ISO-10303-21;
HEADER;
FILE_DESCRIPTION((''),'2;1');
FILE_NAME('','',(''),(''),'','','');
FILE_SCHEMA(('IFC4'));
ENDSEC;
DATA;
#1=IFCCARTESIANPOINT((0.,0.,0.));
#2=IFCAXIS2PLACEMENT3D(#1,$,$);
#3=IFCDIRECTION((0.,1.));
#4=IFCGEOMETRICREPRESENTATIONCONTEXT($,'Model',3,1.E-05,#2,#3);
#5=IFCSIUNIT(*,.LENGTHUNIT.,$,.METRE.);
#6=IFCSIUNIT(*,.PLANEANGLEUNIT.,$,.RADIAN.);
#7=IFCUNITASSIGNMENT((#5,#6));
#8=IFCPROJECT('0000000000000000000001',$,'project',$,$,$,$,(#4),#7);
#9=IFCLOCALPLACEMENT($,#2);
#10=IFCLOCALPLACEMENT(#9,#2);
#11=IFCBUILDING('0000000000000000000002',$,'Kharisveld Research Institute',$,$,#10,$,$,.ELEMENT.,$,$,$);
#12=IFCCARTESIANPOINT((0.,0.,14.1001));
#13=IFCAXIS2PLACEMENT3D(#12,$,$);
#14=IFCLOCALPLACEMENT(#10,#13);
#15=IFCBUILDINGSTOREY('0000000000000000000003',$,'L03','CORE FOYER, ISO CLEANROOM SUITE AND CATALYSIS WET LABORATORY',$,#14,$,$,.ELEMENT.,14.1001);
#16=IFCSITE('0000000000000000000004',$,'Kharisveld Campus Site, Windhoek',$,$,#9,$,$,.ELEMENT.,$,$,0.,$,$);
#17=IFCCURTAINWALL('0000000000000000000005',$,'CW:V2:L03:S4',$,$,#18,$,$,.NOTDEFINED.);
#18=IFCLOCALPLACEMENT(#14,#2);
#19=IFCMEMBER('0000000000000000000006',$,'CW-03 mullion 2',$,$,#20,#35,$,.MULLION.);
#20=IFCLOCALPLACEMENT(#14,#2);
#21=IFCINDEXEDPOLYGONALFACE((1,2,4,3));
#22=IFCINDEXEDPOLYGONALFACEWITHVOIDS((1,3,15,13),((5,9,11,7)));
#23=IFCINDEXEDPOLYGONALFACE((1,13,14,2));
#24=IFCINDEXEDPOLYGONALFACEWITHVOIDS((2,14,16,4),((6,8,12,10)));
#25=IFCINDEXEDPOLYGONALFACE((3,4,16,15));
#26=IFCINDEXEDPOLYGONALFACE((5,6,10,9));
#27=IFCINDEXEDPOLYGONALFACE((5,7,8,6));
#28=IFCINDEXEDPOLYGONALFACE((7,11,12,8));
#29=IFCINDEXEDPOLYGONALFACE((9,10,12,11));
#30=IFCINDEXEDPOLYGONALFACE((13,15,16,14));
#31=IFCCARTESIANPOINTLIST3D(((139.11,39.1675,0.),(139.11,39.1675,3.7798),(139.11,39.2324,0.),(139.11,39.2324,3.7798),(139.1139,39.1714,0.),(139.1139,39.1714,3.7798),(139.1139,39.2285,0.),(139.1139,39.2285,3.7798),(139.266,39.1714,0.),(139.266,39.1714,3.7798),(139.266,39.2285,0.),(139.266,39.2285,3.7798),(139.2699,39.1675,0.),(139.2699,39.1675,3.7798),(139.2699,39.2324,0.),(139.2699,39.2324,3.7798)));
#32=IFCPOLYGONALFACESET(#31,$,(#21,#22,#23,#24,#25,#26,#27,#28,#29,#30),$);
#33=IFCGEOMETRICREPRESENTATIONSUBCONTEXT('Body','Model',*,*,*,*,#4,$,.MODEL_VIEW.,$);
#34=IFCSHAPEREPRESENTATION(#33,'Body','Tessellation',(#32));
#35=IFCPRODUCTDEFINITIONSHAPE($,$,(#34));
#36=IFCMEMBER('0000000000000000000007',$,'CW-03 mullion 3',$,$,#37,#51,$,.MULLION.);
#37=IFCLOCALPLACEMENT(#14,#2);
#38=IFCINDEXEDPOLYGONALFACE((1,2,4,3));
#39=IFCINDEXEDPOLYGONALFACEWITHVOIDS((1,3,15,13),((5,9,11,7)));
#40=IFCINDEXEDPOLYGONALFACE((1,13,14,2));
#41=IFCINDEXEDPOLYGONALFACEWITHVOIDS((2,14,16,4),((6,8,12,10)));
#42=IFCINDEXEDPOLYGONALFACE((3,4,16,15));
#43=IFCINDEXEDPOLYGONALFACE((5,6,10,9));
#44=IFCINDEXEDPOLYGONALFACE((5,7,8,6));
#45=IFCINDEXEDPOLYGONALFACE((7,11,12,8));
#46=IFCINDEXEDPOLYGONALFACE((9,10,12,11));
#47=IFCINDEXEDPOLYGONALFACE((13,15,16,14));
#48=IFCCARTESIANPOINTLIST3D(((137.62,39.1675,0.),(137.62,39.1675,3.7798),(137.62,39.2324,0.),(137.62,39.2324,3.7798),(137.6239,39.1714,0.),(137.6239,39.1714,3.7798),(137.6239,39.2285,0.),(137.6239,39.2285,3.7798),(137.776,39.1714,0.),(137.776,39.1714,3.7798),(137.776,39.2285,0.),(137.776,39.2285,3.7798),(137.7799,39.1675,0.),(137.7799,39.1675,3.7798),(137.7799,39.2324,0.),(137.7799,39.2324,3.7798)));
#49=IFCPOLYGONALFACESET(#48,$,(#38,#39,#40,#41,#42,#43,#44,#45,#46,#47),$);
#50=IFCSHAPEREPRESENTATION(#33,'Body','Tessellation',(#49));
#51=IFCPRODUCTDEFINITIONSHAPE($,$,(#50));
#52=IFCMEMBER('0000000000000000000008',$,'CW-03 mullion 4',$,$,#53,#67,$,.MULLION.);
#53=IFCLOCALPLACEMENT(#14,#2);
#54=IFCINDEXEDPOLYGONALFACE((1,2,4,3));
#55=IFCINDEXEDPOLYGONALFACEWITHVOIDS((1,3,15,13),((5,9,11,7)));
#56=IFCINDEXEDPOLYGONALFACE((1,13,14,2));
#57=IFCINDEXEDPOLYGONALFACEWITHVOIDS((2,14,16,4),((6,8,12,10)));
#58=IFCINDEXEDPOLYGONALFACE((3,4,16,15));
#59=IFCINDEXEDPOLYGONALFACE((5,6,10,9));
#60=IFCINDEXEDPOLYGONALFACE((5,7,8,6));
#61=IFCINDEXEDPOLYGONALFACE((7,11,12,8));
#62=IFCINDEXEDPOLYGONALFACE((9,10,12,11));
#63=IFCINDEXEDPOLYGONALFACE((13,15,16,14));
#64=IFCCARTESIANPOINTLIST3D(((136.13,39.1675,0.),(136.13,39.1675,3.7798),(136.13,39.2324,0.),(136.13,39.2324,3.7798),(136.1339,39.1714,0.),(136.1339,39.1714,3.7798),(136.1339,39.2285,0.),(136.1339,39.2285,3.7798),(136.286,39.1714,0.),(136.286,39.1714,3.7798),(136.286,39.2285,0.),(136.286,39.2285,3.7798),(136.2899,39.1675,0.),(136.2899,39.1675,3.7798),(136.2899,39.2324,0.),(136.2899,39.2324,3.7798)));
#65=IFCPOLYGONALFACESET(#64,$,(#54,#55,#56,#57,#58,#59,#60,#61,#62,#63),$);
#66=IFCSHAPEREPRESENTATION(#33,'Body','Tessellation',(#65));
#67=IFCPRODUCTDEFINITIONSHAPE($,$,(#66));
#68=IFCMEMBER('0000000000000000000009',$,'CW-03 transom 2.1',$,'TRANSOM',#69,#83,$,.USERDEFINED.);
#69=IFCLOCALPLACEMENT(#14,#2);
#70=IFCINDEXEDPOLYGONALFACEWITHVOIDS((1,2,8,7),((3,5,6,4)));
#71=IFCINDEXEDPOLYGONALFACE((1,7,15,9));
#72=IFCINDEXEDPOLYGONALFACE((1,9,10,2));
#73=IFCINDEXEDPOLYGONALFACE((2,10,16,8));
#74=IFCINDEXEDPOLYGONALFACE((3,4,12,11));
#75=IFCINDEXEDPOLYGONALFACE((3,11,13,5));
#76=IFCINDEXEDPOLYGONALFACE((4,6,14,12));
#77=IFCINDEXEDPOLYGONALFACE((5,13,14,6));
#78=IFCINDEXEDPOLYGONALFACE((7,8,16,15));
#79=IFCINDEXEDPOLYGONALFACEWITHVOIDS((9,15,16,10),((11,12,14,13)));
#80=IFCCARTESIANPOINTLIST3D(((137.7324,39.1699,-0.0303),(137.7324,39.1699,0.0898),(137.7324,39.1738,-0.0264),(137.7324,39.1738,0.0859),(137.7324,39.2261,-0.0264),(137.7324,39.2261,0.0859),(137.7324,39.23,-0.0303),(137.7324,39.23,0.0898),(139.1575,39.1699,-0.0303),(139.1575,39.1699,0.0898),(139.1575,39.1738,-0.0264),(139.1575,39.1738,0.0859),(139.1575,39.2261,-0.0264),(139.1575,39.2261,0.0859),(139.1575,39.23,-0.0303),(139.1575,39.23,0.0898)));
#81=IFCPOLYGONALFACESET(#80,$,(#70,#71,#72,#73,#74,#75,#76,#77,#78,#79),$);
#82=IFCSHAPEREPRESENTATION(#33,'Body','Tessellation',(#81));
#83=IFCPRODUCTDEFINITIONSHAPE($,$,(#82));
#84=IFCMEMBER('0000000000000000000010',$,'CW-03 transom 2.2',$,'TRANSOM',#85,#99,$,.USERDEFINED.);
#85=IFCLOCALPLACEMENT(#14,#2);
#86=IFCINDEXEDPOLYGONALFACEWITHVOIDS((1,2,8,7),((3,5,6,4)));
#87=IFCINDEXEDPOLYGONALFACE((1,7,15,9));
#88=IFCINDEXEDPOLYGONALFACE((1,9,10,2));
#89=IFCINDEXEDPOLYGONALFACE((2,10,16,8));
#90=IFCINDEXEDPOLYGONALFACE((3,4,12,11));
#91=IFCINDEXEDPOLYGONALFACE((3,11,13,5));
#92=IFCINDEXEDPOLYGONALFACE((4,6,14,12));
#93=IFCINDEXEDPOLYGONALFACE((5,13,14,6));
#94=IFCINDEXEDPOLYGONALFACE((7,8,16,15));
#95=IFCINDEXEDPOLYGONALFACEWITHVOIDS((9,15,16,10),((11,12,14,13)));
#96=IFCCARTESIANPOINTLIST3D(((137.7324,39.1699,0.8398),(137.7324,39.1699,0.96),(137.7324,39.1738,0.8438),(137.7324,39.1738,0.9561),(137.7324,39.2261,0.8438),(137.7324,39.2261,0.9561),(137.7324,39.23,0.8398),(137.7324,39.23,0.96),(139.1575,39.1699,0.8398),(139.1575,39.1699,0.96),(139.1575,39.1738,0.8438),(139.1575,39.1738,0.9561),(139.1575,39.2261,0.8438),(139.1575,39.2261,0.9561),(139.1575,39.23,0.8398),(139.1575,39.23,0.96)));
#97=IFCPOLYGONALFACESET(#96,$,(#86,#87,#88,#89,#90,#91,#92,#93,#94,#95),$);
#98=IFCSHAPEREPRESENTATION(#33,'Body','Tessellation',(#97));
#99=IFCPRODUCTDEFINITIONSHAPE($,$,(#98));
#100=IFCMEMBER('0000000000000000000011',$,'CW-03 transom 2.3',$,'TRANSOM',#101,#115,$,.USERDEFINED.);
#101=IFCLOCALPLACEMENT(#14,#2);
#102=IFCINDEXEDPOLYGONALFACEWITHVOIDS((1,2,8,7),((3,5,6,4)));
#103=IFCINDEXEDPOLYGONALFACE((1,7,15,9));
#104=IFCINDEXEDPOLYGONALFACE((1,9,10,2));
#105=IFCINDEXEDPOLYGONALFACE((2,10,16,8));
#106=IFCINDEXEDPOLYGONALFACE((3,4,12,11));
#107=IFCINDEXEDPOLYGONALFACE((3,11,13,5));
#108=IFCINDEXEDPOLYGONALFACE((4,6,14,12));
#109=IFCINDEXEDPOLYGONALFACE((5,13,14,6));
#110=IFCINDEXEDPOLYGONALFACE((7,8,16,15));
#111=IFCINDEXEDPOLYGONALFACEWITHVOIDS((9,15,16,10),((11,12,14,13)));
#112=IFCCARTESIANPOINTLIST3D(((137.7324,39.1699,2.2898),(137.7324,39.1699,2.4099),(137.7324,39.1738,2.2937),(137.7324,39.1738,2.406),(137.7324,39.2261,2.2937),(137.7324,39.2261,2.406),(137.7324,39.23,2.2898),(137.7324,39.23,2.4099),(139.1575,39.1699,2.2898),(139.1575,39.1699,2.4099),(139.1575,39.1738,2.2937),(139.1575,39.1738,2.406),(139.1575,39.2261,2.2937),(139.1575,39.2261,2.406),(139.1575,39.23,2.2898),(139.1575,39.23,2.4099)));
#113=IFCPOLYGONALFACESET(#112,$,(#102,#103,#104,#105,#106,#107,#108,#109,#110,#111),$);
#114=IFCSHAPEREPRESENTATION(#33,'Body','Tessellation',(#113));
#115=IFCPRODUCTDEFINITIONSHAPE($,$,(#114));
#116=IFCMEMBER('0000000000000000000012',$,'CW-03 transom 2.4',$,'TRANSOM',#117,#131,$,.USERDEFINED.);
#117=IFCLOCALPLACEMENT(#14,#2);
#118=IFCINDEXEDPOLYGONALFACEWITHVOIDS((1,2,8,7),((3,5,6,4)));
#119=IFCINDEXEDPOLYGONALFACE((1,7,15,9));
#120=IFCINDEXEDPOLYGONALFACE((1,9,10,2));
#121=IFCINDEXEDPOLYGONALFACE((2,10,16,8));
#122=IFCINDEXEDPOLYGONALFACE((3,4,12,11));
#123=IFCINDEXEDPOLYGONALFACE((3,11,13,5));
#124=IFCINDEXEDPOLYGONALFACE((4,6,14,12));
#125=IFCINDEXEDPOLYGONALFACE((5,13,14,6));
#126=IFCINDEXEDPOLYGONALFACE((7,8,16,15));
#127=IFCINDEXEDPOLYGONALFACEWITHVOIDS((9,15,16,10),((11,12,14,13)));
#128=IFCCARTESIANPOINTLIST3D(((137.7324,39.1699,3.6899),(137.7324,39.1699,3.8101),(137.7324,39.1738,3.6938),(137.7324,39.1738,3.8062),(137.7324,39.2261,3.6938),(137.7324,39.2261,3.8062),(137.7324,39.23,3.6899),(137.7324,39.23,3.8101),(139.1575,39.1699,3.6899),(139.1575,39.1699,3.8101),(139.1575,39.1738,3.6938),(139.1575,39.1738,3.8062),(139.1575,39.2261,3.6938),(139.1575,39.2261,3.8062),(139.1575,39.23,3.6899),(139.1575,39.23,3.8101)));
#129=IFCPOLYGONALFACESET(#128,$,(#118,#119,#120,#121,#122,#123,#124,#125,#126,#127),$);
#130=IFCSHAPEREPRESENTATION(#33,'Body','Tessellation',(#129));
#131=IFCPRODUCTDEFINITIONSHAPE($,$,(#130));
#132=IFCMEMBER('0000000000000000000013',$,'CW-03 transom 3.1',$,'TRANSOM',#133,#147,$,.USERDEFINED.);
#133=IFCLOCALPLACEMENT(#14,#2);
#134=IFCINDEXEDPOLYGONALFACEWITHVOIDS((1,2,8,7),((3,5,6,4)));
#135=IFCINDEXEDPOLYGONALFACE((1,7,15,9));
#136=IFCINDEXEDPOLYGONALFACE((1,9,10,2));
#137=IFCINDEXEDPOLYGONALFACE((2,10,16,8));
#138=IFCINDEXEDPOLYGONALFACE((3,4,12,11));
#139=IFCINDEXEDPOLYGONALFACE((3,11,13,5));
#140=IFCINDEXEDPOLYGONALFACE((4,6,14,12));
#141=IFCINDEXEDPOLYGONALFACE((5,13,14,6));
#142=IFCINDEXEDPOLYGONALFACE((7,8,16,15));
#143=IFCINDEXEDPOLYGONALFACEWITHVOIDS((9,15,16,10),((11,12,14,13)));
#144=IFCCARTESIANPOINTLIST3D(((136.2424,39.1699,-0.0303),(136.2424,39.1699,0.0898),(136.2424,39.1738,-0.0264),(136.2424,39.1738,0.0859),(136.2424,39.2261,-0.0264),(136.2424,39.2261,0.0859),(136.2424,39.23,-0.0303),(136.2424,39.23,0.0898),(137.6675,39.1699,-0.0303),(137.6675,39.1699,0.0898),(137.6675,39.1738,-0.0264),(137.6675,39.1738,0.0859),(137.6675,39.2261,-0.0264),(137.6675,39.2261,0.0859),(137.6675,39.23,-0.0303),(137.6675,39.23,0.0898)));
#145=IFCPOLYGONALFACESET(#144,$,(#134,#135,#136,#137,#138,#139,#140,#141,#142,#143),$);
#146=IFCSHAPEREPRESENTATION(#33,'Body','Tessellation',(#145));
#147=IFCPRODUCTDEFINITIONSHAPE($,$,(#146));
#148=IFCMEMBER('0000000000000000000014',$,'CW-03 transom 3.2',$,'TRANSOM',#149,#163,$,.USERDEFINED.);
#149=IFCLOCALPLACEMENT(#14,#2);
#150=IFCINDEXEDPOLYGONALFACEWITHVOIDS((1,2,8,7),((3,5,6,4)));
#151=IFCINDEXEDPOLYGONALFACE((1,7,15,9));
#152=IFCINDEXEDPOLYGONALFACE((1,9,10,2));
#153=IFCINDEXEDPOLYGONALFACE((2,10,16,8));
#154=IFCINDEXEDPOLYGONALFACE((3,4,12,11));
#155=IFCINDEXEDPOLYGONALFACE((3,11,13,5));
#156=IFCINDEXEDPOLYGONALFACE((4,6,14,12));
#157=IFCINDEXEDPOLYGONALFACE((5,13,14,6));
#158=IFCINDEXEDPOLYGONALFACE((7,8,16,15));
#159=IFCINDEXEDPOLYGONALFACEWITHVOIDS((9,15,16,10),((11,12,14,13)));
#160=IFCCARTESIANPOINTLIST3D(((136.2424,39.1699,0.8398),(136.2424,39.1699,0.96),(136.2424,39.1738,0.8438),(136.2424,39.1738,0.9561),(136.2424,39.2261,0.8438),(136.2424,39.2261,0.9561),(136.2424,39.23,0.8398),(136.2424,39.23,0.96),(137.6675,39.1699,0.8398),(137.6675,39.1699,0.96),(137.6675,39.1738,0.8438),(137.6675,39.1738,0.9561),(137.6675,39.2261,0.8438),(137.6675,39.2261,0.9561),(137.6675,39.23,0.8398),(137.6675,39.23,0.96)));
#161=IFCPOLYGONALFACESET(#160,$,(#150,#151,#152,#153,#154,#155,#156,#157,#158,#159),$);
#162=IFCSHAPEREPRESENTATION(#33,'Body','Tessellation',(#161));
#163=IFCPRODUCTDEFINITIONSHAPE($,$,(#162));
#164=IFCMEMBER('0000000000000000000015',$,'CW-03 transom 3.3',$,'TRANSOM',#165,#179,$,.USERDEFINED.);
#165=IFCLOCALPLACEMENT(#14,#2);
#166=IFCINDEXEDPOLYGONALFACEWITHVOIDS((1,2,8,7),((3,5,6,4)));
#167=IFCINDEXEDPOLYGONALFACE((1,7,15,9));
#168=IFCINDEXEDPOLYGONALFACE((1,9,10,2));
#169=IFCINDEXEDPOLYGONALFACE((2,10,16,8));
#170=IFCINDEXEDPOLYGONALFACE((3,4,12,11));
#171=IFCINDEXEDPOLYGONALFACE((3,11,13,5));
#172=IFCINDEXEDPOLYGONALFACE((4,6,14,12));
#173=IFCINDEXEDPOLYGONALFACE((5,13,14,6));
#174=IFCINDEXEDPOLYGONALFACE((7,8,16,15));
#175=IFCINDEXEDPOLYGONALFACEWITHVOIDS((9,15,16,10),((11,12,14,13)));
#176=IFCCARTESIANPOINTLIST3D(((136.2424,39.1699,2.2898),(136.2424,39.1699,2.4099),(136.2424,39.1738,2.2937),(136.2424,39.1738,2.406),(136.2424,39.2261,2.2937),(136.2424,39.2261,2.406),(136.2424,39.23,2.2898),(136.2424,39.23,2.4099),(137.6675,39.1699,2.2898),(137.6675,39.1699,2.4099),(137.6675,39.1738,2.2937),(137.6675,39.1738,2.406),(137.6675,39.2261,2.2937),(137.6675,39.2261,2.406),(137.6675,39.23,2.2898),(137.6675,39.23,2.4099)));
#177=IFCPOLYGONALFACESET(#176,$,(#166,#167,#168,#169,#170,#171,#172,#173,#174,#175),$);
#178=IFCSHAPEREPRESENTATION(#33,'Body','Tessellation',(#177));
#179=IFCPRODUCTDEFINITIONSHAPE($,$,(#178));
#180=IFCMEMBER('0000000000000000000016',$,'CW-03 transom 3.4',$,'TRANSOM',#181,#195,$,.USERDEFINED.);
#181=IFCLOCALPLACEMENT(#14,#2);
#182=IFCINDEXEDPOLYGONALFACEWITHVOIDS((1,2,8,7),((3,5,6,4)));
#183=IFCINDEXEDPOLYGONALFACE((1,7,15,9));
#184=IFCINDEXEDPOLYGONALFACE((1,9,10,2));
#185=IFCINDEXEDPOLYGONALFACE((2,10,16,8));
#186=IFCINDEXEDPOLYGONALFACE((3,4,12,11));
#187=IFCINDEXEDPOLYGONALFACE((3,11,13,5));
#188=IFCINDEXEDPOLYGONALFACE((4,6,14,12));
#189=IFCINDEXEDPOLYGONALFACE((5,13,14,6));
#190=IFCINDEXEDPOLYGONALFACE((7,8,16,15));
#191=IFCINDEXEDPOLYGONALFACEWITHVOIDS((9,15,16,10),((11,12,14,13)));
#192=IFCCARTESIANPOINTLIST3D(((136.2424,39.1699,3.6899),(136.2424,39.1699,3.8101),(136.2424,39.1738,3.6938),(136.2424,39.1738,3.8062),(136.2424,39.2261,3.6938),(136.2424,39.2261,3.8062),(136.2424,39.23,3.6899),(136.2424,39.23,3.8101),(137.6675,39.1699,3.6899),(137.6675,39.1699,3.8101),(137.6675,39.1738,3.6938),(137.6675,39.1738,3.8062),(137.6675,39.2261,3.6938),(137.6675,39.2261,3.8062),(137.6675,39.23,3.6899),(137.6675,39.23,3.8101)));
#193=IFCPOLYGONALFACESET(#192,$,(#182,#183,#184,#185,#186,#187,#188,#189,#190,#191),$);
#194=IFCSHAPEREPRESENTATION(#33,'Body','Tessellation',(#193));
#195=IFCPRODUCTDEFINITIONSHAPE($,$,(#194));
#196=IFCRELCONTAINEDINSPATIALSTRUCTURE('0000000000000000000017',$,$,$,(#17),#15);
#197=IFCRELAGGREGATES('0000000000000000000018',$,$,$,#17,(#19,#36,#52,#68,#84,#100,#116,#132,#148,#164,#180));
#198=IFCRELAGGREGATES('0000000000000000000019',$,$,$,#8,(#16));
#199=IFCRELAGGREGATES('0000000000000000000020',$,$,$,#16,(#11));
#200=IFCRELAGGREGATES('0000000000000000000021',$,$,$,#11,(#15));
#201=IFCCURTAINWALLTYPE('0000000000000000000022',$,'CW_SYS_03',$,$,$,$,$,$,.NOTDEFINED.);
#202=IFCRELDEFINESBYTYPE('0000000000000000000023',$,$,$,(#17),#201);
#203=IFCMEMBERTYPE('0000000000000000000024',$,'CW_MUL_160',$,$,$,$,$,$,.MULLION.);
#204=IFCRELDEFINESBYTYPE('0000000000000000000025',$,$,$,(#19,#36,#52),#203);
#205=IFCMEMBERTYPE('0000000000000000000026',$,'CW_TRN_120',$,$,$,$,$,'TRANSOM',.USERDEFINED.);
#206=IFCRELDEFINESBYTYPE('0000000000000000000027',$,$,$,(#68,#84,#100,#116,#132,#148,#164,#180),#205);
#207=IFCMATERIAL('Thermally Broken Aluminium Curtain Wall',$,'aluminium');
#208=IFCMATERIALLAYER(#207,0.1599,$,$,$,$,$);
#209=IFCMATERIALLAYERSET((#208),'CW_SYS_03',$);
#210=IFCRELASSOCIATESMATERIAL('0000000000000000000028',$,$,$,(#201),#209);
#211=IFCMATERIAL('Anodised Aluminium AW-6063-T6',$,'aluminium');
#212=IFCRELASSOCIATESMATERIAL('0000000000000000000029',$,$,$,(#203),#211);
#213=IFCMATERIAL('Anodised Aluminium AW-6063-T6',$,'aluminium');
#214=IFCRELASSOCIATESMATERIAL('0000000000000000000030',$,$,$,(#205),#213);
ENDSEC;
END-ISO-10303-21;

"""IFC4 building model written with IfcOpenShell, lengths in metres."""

from ifc_helpers import new_model, si_unit, direction, frame, origin, origin_2d, place, context, subcontext, project, spatial, hollow_rectangle, extrude, material, layer, layer_set, material_profile, profile_set, type_object, element, aggregate, save


model = new_model("IFC4")

# Units and contexts
model_context = context("Model", 3, precision=1e-05, world=origin(), true_north=direction((0.0, 1.0)))
body_context = subcontext(model_context, "Body", "Model", "MODEL_VIEW")
ifc_project = project(units=[si_unit("LENGTHUNIT", "METRE"), si_unit("PLANEANGLEUNIT", "RADIAN")], contexts=[model_context])

# Site, building, storey
site_placement = place(None, origin())
site = spatial("IfcSite", under=ifc_project, at=site_placement, Name="Kharisveld Campus Site, Windhoek", CompositionType="ELEMENT", RefElevation=0.0)
building_placement = place(site_placement, origin())
building = spatial("IfcBuilding", under=site, at=building_placement, Name="Kharisveld Research Institute", CompositionType="ELEMENT")
storey_placement = place(building_placement, frame((0.0, 0.0, 14.1001)))
storey = spatial("IfcBuildingStorey", under=building, at=storey_placement, Name="L03", Description="CORE FOYER, ISO CLEANROOM SUITE AND CATALYSIS WET LABORATORY", CompositionType="ELEMENT", Elevation=14.1001)

# Curtain wall, members
ifc_material_1 = material(Name="Thermally Broken Aluminium Curtain Wall", Category="aluminium")
ifc_layer_1 = layer(ifc_material_1, 0.1599)
ifc_layer_set_1 = layer_set([ifc_layer_1], Name="CW_SYS_03")
curtain_wall_type = type_object("IfcCurtainWallType", Name="CW_SYS_03", PredefinedType="NOTDEFINED", material=ifc_layer_set_1)
curtain_wall_placement = place(storey_placement, origin())
curtain_wall = element("IfcCurtainWall", 1, at=curtain_wall_placement, inside=storey, type_object=curtain_wall_type, Name="CW:V2:L03:S4", PredefinedType="NOTDEFINED")
ifc_material_2 = material(Name="Anodised Aluminium AW-6063-T6", Category="aluminium")
ifc_material_profile_1 = material_profile(ifc_material_2, hollow_rectangle(XDim=0.0649, YDim=0.1599, WallThickness=0.0039, at=origin_2d()))
ifc_profile_set_1 = profile_set([ifc_material_profile_1], Name="Anodised Aluminium AW-6063-T6")
member_type_1 = type_object("IfcMemberType", Name="CW_MUL_160", PredefinedType="MULLION", material=ifc_profile_set_1)
member_1_placement = place(storey_placement, frame((139.1899, 39.2, 0.0), z_axis=(0.0, 0.0, 1.0), x_axis=(0.0, -1.0, 0.0)))
member_1 = element("IfcMember", 2, at=member_1_placement, type_object=member_type_1, Name="CW-03 mullion 2", PredefinedType="MULLION", context=body_context, shape_type="SweptSolid", body=[
    extrude(hollow_rectangle(XDim=0.0649, YDim=0.1599, WallThickness=0.0039, at=origin_2d()), origin(), (0.0, 0.0, 1.0), 3.7798),
])
member_2_placement = place(storey_placement, frame((137.7, 39.2, 0.0), z_axis=(0.0, 0.0, 1.0), x_axis=(0.0, -1.0, 0.0)))
member_2 = element("IfcMember", 3, at=member_2_placement, type_object=member_type_1, Name="CW-03 mullion 3", PredefinedType="MULLION", context=body_context, shape_type="SweptSolid", body=[
    extrude(hollow_rectangle(XDim=0.0649, YDim=0.1599, WallThickness=0.0039, at=origin_2d()), origin(), (0.0, 0.0, 1.0), 3.7798),
])
member_3_placement = place(storey_placement, frame((136.21, 39.2, 0.0), z_axis=(0.0, 0.0, 1.0), x_axis=(0.0, -1.0, 0.0)))
member_3 = element("IfcMember", 4, at=member_3_placement, type_object=member_type_1, Name="CW-03 mullion 4", PredefinedType="MULLION", context=body_context, shape_type="SweptSolid", body=[
    extrude(hollow_rectangle(XDim=0.0649, YDim=0.1599, WallThickness=0.0039, at=origin_2d()), origin(), (0.0, 0.0, 1.0), 3.7798),
])
ifc_material_3 = material(Name="Anodised Aluminium AW-6063-T6", Category="aluminium")
ifc_material_profile_2 = material_profile(ifc_material_3, hollow_rectangle(XDim=0.0601, YDim=0.1201, WallThickness=0.0039, at=origin_2d()))
ifc_profile_set_2 = profile_set([ifc_material_profile_2], Name="Anodised Aluminium AW-6063-T6")
member_type_2 = type_object("IfcMemberType", Name="CW_TRN_120", ElementType="TRANSOM", PredefinedType="USERDEFINED", material=ifc_profile_set_2)
member_4_placement = place(storey_placement, frame((139.1575, 39.2, 0.0298), z_axis=(-1.0, 0.0, 0.0), x_axis=(0.0, -1.0, 0.0)))
member_4 = element("IfcMember", 5, at=member_4_placement, type_object=member_type_2, Name="CW-03 transom 2.1", ObjectType="TRANSOM", PredefinedType="USERDEFINED", context=body_context, shape_type="SweptSolid", body=[
    extrude(hollow_rectangle(XDim=0.0601, YDim=0.1201, WallThickness=0.0039, at=origin_2d()), origin(), (0.0, 0.0, 1.0), 1.425),
])
member_5_placement = place(storey_placement, frame((139.1575, 39.2, 0.8999), z_axis=(-1.0, 0.0, 0.0), x_axis=(0.0, -1.0, 0.0)))
member_5 = element("IfcMember", 6, at=member_5_placement, type_object=member_type_2, Name="CW-03 transom 2.2", ObjectType="TRANSOM", PredefinedType="USERDEFINED", context=body_context, shape_type="SweptSolid", body=[
    extrude(hollow_rectangle(XDim=0.0601, YDim=0.1201, WallThickness=0.0039, at=origin_2d()), origin(), (0.0, 0.0, 1.0), 1.425),
])
member_6_placement = place(storey_placement, frame((139.1575, 39.2, 2.3499), z_axis=(-1.0, 0.0, 0.0), x_axis=(0.0, -1.0, 0.0)))
member_6 = element("IfcMember", 7, at=member_6_placement, type_object=member_type_2, Name="CW-03 transom 2.3", ObjectType="TRANSOM", PredefinedType="USERDEFINED", context=body_context, shape_type="SweptSolid", body=[
    extrude(hollow_rectangle(XDim=0.0601, YDim=0.1201, WallThickness=0.0039, at=origin_2d()), origin(), (0.0, 0.0, 1.0), 1.425),
])
member_7_placement = place(storey_placement, frame((139.1575, 39.2, 3.75), z_axis=(-1.0, 0.0, 0.0), x_axis=(0.0, -1.0, 0.0)))
member_7 = element("IfcMember", 8, at=member_7_placement, type_object=member_type_2, Name="CW-03 transom 2.4", ObjectType="TRANSOM", PredefinedType="USERDEFINED", context=body_context, shape_type="SweptSolid", body=[
    extrude(hollow_rectangle(XDim=0.0601, YDim=0.1201, WallThickness=0.0039, at=origin_2d()), origin(), (0.0, 0.0, 1.0), 1.425),
])
member_8_placement = place(storey_placement, frame((137.6675, 39.2, 0.0298), z_axis=(-1.0, 0.0, 0.0), x_axis=(0.0, -1.0, 0.0)))
member_8 = element("IfcMember", 9, at=member_8_placement, type_object=member_type_2, Name="CW-03 transom 3.1", ObjectType="TRANSOM", PredefinedType="USERDEFINED", context=body_context, shape_type="SweptSolid", body=[
    extrude(hollow_rectangle(XDim=0.0601, YDim=0.1201, WallThickness=0.0039, at=origin_2d()), origin(), (0.0, 0.0, 1.0), 1.425),
])
member_9_placement = place(storey_placement, frame((137.6675, 39.2, 0.8999), z_axis=(-1.0, 0.0, 0.0), x_axis=(0.0, -1.0, 0.0)))
member_9 = element("IfcMember", 10, at=member_9_placement, type_object=member_type_2, Name="CW-03 transom 3.2", ObjectType="TRANSOM", PredefinedType="USERDEFINED", context=body_context, shape_type="SweptSolid", body=[
    extrude(hollow_rectangle(XDim=0.0601, YDim=0.1201, WallThickness=0.0039, at=origin_2d()), origin(), (0.0, 0.0, 1.0), 1.425),
])
member_10_placement = place(storey_placement, frame((137.6675, 39.2, 2.3499), z_axis=(-1.0, 0.0, 0.0), x_axis=(0.0, -1.0, 0.0)))
member_10 = element("IfcMember", 11, at=member_10_placement, type_object=member_type_2, Name="CW-03 transom 3.3", ObjectType="TRANSOM", PredefinedType="USERDEFINED", context=body_context, shape_type="SweptSolid", body=[
    extrude(hollow_rectangle(XDim=0.0601, YDim=0.1201, WallThickness=0.0039, at=origin_2d()), origin(), (0.0, 0.0, 1.0), 1.425),
])
member_11_placement = place(storey_placement, frame((137.6675, 39.2, 3.75), z_axis=(-1.0, 0.0, 0.0), x_axis=(0.0, -1.0, 0.0)))
member_11 = element("IfcMember", 12, at=member_11_placement, type_object=member_type_2, Name="CW-03 transom 3.4", ObjectType="TRANSOM", PredefinedType="USERDEFINED", context=body_context, shape_type="SweptSolid", body=[
    extrude(hollow_rectangle(XDim=0.0601, YDim=0.1201, WallThickness=0.0039, at=origin_2d()), origin(), (0.0, 0.0, 1.0), 1.425),
])
aggregate(curtain_wall, [member_1, member_2, member_3, member_4, member_5, member_6, member_7, member_8, member_9, member_10, member_11])

save(model, "model.ifc")
